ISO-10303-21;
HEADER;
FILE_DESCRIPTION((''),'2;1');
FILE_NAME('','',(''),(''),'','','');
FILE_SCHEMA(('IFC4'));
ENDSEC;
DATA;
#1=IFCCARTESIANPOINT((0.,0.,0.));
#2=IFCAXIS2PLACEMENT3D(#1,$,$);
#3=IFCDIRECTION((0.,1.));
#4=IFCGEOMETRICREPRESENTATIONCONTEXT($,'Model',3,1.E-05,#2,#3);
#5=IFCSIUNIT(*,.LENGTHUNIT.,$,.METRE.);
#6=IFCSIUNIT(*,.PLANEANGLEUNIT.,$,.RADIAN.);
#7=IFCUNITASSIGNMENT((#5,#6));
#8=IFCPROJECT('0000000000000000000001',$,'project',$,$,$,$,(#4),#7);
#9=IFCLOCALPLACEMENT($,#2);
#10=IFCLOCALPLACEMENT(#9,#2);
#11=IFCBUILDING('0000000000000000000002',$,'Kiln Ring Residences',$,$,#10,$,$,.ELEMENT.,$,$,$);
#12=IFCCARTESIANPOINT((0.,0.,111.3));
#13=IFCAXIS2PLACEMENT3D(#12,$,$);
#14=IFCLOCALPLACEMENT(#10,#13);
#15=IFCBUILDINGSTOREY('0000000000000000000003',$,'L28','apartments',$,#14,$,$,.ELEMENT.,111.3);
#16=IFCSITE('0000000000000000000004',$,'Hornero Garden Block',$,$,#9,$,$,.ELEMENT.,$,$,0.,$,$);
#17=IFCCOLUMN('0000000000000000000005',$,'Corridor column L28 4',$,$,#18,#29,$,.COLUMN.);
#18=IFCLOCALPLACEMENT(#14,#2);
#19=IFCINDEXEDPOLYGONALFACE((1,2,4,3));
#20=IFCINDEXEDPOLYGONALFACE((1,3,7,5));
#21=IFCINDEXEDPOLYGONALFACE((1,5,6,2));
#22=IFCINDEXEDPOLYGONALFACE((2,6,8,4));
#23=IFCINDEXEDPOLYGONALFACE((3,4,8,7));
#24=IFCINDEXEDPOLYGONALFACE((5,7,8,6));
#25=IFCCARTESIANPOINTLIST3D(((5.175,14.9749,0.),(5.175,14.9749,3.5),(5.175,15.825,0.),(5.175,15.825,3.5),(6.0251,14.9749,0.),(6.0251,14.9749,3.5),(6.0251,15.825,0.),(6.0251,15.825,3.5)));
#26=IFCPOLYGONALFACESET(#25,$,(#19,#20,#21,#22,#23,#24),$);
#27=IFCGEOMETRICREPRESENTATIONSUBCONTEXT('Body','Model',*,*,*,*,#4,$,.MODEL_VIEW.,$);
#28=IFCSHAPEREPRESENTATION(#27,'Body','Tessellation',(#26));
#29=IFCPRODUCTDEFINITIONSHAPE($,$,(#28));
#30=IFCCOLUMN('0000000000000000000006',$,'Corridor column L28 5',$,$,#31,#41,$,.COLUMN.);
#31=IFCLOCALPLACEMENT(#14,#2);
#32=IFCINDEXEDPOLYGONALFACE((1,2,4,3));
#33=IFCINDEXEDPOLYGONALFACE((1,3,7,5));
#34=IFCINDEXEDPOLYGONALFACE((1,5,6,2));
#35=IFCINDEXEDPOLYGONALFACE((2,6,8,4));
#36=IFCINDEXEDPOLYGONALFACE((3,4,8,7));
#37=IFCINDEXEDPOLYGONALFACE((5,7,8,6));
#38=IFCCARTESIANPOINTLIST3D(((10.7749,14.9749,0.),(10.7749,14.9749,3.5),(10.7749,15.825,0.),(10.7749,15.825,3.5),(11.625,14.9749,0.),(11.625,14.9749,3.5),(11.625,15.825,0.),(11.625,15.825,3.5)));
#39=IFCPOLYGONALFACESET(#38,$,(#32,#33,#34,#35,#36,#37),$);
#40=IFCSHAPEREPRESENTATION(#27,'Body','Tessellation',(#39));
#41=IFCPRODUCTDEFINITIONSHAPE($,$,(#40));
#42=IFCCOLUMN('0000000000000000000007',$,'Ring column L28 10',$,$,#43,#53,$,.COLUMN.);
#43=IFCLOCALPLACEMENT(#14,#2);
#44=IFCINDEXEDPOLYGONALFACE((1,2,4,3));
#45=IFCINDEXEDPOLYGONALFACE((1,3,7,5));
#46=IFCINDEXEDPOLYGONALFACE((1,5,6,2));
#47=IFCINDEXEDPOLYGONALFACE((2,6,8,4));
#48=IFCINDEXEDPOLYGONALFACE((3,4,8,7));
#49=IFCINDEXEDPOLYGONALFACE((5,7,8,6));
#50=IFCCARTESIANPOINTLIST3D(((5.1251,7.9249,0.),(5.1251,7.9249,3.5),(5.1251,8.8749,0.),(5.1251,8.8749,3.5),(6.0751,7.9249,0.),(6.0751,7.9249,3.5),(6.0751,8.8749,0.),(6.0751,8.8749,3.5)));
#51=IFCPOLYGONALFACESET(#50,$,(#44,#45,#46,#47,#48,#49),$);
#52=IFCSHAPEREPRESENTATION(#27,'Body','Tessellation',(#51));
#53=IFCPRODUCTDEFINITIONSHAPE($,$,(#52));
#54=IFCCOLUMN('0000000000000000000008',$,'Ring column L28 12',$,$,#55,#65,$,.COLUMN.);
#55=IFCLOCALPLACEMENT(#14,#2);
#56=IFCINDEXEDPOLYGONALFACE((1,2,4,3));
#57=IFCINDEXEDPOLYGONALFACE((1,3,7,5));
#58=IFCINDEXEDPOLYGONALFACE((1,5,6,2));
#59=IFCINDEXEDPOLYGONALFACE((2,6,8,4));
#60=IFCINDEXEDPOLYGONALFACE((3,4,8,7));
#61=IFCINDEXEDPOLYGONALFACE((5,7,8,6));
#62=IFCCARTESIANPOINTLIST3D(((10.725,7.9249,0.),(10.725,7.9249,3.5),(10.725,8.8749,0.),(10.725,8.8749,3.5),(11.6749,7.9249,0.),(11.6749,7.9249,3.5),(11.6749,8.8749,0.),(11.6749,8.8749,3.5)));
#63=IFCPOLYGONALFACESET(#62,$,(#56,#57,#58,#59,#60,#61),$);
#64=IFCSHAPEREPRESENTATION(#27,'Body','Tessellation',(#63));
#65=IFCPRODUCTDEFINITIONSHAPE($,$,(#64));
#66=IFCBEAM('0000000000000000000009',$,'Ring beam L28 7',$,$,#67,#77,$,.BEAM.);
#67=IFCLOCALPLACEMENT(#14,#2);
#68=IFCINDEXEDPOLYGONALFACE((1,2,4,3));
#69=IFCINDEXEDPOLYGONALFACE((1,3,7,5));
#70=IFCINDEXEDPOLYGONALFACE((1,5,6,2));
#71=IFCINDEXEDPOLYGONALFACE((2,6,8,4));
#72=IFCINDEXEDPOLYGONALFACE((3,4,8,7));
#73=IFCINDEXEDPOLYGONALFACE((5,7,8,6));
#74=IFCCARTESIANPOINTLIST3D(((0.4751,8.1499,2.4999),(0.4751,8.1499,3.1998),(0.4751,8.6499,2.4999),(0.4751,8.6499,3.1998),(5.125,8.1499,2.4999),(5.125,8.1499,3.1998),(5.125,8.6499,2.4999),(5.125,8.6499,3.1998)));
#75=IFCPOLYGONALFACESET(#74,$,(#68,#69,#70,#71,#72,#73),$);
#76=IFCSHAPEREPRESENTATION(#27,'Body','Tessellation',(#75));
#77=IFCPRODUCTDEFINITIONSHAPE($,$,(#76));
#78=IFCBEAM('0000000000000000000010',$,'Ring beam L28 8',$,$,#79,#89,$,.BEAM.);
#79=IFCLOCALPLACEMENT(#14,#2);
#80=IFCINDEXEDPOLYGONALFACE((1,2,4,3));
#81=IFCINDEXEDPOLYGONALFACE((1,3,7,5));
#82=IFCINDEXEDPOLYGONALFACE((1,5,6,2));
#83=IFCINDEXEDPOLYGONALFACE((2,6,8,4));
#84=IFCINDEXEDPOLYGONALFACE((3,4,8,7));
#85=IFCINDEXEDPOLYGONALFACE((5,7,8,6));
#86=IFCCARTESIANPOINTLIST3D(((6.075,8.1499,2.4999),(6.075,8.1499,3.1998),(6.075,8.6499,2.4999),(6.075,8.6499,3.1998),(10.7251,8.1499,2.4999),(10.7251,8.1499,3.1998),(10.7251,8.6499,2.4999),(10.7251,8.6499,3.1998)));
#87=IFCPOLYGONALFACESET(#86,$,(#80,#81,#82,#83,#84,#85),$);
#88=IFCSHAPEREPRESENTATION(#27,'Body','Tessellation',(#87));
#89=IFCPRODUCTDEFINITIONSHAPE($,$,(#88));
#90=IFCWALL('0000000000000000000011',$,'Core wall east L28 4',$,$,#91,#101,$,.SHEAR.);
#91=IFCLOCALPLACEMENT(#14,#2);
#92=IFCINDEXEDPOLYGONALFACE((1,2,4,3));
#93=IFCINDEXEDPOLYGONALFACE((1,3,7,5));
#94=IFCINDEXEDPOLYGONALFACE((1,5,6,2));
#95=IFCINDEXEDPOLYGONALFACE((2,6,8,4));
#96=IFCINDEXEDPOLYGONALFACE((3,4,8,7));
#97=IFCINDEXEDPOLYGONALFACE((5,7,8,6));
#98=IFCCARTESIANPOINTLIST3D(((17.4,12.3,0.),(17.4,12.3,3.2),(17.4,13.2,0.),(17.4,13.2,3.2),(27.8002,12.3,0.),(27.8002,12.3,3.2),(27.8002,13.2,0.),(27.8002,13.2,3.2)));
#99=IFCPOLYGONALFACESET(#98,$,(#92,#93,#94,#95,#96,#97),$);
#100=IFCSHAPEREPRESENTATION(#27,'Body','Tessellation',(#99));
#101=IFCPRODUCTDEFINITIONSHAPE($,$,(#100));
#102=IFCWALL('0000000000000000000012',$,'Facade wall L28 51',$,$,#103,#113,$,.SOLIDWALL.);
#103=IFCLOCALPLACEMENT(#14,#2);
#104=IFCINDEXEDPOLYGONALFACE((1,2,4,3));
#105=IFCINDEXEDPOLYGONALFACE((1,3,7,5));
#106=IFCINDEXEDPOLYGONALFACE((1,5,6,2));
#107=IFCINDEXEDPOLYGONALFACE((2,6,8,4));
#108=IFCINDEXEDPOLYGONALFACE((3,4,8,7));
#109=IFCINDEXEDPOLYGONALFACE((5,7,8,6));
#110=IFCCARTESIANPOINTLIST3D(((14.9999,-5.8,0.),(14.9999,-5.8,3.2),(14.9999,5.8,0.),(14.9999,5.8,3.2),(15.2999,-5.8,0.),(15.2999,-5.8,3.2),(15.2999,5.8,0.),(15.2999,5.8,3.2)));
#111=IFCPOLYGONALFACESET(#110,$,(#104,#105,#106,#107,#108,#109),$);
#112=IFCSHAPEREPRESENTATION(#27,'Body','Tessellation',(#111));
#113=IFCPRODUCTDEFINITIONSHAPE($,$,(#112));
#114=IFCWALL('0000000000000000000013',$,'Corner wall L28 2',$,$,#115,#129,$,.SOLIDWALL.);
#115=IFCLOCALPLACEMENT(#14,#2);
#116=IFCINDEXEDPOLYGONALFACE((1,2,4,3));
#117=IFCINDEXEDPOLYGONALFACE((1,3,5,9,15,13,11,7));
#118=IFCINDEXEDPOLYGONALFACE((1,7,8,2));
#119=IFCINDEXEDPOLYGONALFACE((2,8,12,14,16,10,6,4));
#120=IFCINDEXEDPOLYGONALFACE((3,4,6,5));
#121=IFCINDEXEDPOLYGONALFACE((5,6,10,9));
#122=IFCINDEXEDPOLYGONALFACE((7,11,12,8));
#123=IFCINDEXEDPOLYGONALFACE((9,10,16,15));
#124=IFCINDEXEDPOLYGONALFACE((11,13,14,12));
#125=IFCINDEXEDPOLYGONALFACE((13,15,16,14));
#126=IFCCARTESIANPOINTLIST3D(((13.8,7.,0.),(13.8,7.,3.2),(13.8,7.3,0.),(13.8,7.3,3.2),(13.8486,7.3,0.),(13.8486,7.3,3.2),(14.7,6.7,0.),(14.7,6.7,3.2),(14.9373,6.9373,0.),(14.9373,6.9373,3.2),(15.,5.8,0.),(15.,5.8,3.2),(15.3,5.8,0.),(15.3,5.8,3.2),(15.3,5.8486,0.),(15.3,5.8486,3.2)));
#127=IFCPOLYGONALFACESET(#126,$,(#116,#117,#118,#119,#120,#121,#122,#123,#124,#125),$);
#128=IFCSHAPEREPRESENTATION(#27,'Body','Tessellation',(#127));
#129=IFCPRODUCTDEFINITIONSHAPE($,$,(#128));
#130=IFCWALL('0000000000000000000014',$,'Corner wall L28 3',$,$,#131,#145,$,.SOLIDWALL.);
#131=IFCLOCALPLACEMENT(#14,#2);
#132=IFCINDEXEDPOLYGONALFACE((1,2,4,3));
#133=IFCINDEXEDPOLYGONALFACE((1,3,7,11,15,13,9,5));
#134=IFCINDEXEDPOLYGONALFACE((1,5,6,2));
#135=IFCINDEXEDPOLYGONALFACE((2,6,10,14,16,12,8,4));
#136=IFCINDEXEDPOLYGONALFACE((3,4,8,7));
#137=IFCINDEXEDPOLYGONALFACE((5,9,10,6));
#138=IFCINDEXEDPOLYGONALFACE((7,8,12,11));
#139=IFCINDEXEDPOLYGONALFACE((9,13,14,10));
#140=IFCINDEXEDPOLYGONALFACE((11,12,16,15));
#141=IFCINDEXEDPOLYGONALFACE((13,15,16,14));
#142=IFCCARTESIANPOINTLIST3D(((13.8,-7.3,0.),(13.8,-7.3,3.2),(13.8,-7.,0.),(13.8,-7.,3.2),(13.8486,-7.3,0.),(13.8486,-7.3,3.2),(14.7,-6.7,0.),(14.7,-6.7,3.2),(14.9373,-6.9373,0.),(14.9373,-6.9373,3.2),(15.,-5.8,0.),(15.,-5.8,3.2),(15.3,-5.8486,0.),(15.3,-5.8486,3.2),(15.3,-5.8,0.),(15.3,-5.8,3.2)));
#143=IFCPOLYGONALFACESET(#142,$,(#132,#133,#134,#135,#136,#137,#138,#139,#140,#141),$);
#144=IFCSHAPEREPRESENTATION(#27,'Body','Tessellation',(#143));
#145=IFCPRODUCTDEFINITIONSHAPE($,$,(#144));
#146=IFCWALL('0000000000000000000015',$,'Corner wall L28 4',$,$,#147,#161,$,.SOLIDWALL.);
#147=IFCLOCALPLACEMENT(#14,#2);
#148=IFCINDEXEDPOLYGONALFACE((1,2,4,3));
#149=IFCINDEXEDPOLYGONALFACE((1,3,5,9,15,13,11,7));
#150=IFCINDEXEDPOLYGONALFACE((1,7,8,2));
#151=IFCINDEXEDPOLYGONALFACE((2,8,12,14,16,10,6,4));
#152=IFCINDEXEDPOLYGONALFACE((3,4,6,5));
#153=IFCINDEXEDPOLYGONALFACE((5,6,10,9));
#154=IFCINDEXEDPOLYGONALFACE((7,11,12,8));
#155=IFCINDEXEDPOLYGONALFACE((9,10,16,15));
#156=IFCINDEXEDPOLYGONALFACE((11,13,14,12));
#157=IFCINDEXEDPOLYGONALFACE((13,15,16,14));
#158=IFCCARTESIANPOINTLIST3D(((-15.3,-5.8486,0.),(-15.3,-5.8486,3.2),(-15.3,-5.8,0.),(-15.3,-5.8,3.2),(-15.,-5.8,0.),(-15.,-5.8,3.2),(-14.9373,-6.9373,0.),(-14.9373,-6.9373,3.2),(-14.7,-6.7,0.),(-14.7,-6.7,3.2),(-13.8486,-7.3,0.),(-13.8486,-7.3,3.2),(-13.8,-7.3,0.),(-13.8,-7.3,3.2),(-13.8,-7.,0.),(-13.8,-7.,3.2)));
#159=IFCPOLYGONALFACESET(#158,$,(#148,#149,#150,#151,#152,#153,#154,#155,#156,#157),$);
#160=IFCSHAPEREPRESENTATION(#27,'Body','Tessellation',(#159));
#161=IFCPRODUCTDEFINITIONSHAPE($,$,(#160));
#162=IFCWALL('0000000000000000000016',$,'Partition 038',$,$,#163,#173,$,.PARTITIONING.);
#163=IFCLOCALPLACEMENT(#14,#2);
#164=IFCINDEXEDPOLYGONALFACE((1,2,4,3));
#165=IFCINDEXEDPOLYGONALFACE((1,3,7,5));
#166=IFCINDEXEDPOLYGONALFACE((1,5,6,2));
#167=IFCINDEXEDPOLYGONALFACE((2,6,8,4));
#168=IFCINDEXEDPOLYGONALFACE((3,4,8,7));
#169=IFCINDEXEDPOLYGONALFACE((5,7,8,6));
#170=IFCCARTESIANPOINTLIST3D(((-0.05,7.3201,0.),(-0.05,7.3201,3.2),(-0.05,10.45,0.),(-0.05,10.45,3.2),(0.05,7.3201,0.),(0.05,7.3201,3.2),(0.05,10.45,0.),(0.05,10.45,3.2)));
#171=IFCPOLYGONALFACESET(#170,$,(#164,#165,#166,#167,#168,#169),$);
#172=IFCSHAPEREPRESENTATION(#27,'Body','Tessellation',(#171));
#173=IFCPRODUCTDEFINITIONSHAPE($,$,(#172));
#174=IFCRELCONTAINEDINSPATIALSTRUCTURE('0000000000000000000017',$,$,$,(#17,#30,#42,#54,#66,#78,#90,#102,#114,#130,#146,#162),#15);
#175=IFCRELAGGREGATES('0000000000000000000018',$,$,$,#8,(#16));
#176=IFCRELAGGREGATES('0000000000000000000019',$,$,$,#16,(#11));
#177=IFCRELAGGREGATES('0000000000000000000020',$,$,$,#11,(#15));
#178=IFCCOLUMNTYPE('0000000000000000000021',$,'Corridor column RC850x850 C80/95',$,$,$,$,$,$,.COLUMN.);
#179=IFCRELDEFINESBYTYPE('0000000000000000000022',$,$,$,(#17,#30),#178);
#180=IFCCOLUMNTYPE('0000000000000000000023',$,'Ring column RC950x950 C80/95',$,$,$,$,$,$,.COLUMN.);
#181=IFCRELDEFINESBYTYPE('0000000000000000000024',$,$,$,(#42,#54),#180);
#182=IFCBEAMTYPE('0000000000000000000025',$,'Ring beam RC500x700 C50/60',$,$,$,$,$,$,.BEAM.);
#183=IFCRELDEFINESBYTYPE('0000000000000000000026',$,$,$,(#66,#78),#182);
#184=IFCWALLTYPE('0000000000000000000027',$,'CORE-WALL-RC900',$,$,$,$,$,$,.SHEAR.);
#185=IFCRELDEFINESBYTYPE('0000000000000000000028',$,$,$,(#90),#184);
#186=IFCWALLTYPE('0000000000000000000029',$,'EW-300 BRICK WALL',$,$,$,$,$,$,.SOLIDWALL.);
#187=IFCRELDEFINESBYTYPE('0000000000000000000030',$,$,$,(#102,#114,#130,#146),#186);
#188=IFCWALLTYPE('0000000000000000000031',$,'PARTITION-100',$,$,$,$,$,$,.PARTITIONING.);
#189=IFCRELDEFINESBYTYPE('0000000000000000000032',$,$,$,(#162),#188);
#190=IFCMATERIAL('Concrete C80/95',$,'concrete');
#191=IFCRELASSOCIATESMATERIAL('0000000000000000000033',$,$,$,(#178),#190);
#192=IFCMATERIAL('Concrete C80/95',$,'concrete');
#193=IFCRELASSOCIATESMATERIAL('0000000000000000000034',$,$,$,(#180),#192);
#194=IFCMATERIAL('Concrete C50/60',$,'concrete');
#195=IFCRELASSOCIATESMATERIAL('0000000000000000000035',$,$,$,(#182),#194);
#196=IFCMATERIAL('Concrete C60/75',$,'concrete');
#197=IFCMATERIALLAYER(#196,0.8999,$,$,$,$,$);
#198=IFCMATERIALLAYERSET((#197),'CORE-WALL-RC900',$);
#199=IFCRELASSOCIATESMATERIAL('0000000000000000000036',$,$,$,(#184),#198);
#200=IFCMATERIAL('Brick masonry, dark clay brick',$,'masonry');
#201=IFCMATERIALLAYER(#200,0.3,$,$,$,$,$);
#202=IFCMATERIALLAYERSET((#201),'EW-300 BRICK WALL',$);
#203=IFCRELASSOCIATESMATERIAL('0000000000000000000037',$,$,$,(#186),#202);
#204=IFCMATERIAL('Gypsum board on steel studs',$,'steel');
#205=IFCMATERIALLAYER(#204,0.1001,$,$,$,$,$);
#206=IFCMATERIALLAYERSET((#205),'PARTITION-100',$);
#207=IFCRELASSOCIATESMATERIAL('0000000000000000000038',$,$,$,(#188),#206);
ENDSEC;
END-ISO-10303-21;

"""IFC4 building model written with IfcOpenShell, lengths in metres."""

from ifc_helpers import new_model, si_unit, direction, frame, frame_2d, origin, origin_2d, place, context, subcontext, project, spatial, polyline, rectangle, outline, extrude, material, layer, layer_set, material_profile, profile_set, type_object, element, save


model = new_model("IFC4")

# Units and contexts
model_context = context("Model", 3, precision=1e-05, world=origin(), true_north=direction((0.0, 1.0)))
body_context = subcontext(model_context, "Body", "Model", "MODEL_VIEW")
ifc_project = project(units=[si_unit("LENGTHUNIT", "METRE"), si_unit("PLANEANGLEUNIT", "RADIAN")], contexts=[model_context])

# Site, building, storey
site_placement = place(None, origin())
site = spatial("IfcSite", under=ifc_project, at=site_placement, Name="Hornero Garden Block", CompositionType="ELEMENT", RefElevation=0.0)
building_placement = place(site_placement, origin())
building = spatial("IfcBuilding", under=site, at=building_placement, Name="Kiln Ring Residences", CompositionType="ELEMENT")
storey_placement = place(building_placement, frame((0.0, 0.0, 111.3)))
storey = spatial("IfcBuildingStorey", under=building, at=storey_placement, Name="L28", Description="apartments", CompositionType="ELEMENT", Elevation=111.3)

# Columns
ifc_material_1 = material(Name="Concrete C80/95", Category="concrete")
ifc_material_profile_1 = material_profile(ifc_material_1, rectangle(XDim=0.8501, YDim=0.8501, at=origin_2d()), Name="RC850x850")
ifc_profile_set_1 = profile_set([ifc_material_profile_1], Name="Concrete C80/95")
column_type_1 = type_object("IfcColumnType", Name="Corridor column RC850x850 C80/95", PredefinedType="COLUMN", material=ifc_profile_set_1)
for number, where, z_axis, x_axis, name in (
    (1, (5.6001, 15.3999, 0.0), (0.0, 0.0, 1.0), (1.0, 0.0, 0.0), "Corridor column L28 4"),
    (2, (11.2, 15.3999, 0.0), (0.0, 0.0, 1.0), (1.0, 0.0, 0.0), "Corridor column L28 5"),
):
    element("IfcColumn", number, at=place(storey_placement, frame(where, z_axis=z_axis, x_axis=x_axis)), inside=storey, type_object=column_type_1, Name=name, PredefinedType="COLUMN", context=body_context, shape_type="SweptSolid", body=[
        extrude(rectangle(XDim=0.8501, YDim=0.8501, at=origin_2d()), origin(), (0.0, 0.0, 1.0), 3.5),
    ])
ifc_material_2 = material(Name="Concrete C80/95", Category="concrete")
ifc_material_profile_2 = material_profile(ifc_material_2, rectangle(XDim=0.95, YDim=0.95, at=origin_2d()), Name="RC950x950")
ifc_profile_set_2 = profile_set([ifc_material_profile_2], Name="Concrete C80/95")
column_type_2 = type_object("IfcColumnType", Name="Ring column RC950x950 C80/95", PredefinedType="COLUMN", material=ifc_profile_set_2)
for number, where, z_axis, x_axis, name in (
    (3, (5.6001, 8.3999, 0.0), (0.0, 0.0, 1.0), (1.0, 0.0, 0.0), "Ring column L28 10"),
    (4, (11.2, 8.3999, 0.0), (0.0, 0.0, 1.0), (1.0, 0.0, 0.0), "Ring column L28 12"),
):
    element("IfcColumn", number, at=place(storey_placement, frame(where, z_axis=z_axis, x_axis=x_axis)), inside=storey, type_object=column_type_2, Name=name, PredefinedType="COLUMN", context=body_context, shape_type="SweptSolid", body=[
        extrude(rectangle(XDim=0.95, YDim=0.95, at=origin_2d()), origin(), (0.0, 0.0, 1.0), 3.5),
    ])

# Beams
ifc_material_3 = material(Name="Concrete C50/60", Category="concrete")
ifc_material_profile_3 = material_profile(ifc_material_3, rectangle(XDim=0.5, YDim=0.7, at=origin_2d()), Name="RC500x700")
ifc_profile_set_3 = profile_set([ifc_material_profile_3], Name="Concrete C50/60")
beam_type = type_object("IfcBeamType", Name="Ring beam RC500x700 C50/60", PredefinedType="BEAM", material=ifc_profile_set_3)
beam_1_placement = place(storey_placement, frame((0.4751, 8.3999, 2.8499), z_axis=(1.0, 0.0, 0.0), x_axis=(0.0, 1.0, 0.0)))
element("IfcBeam", 5, at=beam_1_placement, inside=storey, type_object=beam_type, Name="Ring beam L28 7", PredefinedType="BEAM", context=body_context, shape_type="SweptSolid", body=[
    extrude(rectangle(XDim=0.5, YDim=0.7, at=origin_2d()), origin(), (0.0, 0.0, 1.0), 4.6499),
])
beam_2_placement = place(storey_placement, frame((6.075, 8.3999, 2.8499), z_axis=(1.0, 0.0, 0.0), x_axis=(0.0, 1.0, 0.0)))
element("IfcBeam", 6, at=beam_2_placement, inside=storey, type_object=beam_type, Name="Ring beam L28 8", PredefinedType="BEAM", context=body_context, shape_type="SweptSolid", body=[
    extrude(rectangle(XDim=0.5, YDim=0.7, at=origin_2d()), origin(), (0.0, 0.0, 1.0), 4.6501),
])

# Walls
ifc_material_4 = material(Name="Concrete C60/75", Category="concrete")
ifc_layer_1 = layer(ifc_material_4, 0.8999)
ifc_layer_set_1 = layer_set([ifc_layer_1], Name="CORE-WALL-RC900")
wall_type_1 = type_object("IfcWallType", Name="CORE-WALL-RC900", PredefinedType="SHEAR", material=ifc_layer_set_1)
wall_1_placement = place(storey_placement, frame((17.3999, 12.75, 0.0), z_axis=(0.0, 0.0, 1.0), x_axis=(1.0, 0.0, 0.0)))
element("IfcWall", 7, at=wall_1_placement, inside=storey, type_object=wall_type_1, Name="Core wall east L28 4", PredefinedType="SHEAR", context=body_context, shape_type="SweptSolid", body=[
    extrude(rectangle(XDim=10.4001, YDim=0.8999, at=frame_2d((5.2002, 0.0))), origin(), (0.0, 0.0, 1.0), 3.2),
])
ifc_material_5 = material(Name="Brick masonry, dark clay brick", Category="masonry")
ifc_layer_2 = layer(ifc_material_5, 0.3)
ifc_layer_set_2 = layer_set([ifc_layer_2], Name="EW-300 BRICK WALL")
wall_type_2 = type_object("IfcWallType", Name="EW-300 BRICK WALL", PredefinedType="SOLIDWALL", material=ifc_layer_set_2)
wall_2_placement = place(storey_placement, frame((15.1499, 5.8, 0.0), z_axis=(0.0, 0.0, 1.0), x_axis=(0.0, -1.0, 0.0)))
element("IfcWall", 8, at=wall_2_placement, inside=storey, type_object=wall_type_2, Name="Facade wall L28 51", PredefinedType="SOLIDWALL", context=body_context, shape_type="SweptSolid", body=[
    extrude(rectangle(XDim=11.6001, YDim=0.3, at=frame_2d((5.8, 0.0))), origin(), (0.0, 0.0, 1.0), 3.2),
])
placement = place(storey_placement, origin())
element("IfcWall", 9, at=placement, inside=storey, type_object=wall_type_2, Name="Corner wall L28 2", PredefinedType="SOLIDWALL", context=body_context, shape_type="SweptSolid", body=[
    extrude(outline(polyline([(14.9373, 6.9373), (13.8486, 7.3), (13.8, 7.3), (13.8, 7.0), (14.7, 6.7), (15.0, 5.8), (15.3, 5.8), (15.3, 5.8486), (14.9373, 6.9373)])), origin(), (0.0, 0.0, 1.0), 3.2),
])
element("IfcWall", 10, at=placement, inside=storey, type_object=wall_type_2, Name="Corner wall L28 3", PredefinedType="SOLIDWALL", context=body_context, shape_type="SweptSolid", body=[
    extrude(outline(polyline([(14.9373, -6.9373), (15.3, -5.8486), (15.3, -5.8), (15.0, -5.8), (14.7, -6.7), (13.8, -7.0), (13.8, -7.3), (13.8486, -7.3), (14.9373, -6.9373)])), origin(), (0.0, 0.0, 1.0), 3.2),
])
element("IfcWall", 11, at=placement, inside=storey, type_object=wall_type_2, Name="Corner wall L28 4", PredefinedType="SOLIDWALL", context=body_context, shape_type="SweptSolid", body=[
    extrude(outline(polyline([(-14.9373, -6.9373), (-13.8486, -7.3), (-13.8, -7.3), (-13.8, -7.0), (-14.7, -6.7), (-15.0, -5.8), (-15.3, -5.8), (-15.3, -5.8486), (-14.9373, -6.9373)])), origin(), (0.0, 0.0, 1.0), 3.2),
])
ifc_material_6 = material(Name="Gypsum board on steel studs", Category="steel")
ifc_layer_3 = layer(ifc_material_6, 0.1001)
ifc_layer_set_3 = layer_set([ifc_layer_3], Name="PARTITION-100")
wall_type_3 = type_object("IfcWallType", Name="PARTITION-100", PredefinedType="PARTITIONING", material=ifc_layer_set_3)
wall_3_placement = place(storey_placement, frame((0.0, 7.3201, 0.0), z_axis=(0.0, 0.0, 1.0), x_axis=(0.0, 1.0, 0.0)))
element("IfcWall", 12, at=wall_3_placement, inside=storey, type_object=wall_type_3, Name="Partition 038", PredefinedType="PARTITIONING", context=body_context, shape_type="SweptSolid", body=[
    extrude(rectangle(XDim=3.1299, YDim=0.1001, at=frame_2d((1.5649, 0.0))), origin(), (0.0, 0.0, 1.0), 3.2),
])

save(model, "model.ifc")
